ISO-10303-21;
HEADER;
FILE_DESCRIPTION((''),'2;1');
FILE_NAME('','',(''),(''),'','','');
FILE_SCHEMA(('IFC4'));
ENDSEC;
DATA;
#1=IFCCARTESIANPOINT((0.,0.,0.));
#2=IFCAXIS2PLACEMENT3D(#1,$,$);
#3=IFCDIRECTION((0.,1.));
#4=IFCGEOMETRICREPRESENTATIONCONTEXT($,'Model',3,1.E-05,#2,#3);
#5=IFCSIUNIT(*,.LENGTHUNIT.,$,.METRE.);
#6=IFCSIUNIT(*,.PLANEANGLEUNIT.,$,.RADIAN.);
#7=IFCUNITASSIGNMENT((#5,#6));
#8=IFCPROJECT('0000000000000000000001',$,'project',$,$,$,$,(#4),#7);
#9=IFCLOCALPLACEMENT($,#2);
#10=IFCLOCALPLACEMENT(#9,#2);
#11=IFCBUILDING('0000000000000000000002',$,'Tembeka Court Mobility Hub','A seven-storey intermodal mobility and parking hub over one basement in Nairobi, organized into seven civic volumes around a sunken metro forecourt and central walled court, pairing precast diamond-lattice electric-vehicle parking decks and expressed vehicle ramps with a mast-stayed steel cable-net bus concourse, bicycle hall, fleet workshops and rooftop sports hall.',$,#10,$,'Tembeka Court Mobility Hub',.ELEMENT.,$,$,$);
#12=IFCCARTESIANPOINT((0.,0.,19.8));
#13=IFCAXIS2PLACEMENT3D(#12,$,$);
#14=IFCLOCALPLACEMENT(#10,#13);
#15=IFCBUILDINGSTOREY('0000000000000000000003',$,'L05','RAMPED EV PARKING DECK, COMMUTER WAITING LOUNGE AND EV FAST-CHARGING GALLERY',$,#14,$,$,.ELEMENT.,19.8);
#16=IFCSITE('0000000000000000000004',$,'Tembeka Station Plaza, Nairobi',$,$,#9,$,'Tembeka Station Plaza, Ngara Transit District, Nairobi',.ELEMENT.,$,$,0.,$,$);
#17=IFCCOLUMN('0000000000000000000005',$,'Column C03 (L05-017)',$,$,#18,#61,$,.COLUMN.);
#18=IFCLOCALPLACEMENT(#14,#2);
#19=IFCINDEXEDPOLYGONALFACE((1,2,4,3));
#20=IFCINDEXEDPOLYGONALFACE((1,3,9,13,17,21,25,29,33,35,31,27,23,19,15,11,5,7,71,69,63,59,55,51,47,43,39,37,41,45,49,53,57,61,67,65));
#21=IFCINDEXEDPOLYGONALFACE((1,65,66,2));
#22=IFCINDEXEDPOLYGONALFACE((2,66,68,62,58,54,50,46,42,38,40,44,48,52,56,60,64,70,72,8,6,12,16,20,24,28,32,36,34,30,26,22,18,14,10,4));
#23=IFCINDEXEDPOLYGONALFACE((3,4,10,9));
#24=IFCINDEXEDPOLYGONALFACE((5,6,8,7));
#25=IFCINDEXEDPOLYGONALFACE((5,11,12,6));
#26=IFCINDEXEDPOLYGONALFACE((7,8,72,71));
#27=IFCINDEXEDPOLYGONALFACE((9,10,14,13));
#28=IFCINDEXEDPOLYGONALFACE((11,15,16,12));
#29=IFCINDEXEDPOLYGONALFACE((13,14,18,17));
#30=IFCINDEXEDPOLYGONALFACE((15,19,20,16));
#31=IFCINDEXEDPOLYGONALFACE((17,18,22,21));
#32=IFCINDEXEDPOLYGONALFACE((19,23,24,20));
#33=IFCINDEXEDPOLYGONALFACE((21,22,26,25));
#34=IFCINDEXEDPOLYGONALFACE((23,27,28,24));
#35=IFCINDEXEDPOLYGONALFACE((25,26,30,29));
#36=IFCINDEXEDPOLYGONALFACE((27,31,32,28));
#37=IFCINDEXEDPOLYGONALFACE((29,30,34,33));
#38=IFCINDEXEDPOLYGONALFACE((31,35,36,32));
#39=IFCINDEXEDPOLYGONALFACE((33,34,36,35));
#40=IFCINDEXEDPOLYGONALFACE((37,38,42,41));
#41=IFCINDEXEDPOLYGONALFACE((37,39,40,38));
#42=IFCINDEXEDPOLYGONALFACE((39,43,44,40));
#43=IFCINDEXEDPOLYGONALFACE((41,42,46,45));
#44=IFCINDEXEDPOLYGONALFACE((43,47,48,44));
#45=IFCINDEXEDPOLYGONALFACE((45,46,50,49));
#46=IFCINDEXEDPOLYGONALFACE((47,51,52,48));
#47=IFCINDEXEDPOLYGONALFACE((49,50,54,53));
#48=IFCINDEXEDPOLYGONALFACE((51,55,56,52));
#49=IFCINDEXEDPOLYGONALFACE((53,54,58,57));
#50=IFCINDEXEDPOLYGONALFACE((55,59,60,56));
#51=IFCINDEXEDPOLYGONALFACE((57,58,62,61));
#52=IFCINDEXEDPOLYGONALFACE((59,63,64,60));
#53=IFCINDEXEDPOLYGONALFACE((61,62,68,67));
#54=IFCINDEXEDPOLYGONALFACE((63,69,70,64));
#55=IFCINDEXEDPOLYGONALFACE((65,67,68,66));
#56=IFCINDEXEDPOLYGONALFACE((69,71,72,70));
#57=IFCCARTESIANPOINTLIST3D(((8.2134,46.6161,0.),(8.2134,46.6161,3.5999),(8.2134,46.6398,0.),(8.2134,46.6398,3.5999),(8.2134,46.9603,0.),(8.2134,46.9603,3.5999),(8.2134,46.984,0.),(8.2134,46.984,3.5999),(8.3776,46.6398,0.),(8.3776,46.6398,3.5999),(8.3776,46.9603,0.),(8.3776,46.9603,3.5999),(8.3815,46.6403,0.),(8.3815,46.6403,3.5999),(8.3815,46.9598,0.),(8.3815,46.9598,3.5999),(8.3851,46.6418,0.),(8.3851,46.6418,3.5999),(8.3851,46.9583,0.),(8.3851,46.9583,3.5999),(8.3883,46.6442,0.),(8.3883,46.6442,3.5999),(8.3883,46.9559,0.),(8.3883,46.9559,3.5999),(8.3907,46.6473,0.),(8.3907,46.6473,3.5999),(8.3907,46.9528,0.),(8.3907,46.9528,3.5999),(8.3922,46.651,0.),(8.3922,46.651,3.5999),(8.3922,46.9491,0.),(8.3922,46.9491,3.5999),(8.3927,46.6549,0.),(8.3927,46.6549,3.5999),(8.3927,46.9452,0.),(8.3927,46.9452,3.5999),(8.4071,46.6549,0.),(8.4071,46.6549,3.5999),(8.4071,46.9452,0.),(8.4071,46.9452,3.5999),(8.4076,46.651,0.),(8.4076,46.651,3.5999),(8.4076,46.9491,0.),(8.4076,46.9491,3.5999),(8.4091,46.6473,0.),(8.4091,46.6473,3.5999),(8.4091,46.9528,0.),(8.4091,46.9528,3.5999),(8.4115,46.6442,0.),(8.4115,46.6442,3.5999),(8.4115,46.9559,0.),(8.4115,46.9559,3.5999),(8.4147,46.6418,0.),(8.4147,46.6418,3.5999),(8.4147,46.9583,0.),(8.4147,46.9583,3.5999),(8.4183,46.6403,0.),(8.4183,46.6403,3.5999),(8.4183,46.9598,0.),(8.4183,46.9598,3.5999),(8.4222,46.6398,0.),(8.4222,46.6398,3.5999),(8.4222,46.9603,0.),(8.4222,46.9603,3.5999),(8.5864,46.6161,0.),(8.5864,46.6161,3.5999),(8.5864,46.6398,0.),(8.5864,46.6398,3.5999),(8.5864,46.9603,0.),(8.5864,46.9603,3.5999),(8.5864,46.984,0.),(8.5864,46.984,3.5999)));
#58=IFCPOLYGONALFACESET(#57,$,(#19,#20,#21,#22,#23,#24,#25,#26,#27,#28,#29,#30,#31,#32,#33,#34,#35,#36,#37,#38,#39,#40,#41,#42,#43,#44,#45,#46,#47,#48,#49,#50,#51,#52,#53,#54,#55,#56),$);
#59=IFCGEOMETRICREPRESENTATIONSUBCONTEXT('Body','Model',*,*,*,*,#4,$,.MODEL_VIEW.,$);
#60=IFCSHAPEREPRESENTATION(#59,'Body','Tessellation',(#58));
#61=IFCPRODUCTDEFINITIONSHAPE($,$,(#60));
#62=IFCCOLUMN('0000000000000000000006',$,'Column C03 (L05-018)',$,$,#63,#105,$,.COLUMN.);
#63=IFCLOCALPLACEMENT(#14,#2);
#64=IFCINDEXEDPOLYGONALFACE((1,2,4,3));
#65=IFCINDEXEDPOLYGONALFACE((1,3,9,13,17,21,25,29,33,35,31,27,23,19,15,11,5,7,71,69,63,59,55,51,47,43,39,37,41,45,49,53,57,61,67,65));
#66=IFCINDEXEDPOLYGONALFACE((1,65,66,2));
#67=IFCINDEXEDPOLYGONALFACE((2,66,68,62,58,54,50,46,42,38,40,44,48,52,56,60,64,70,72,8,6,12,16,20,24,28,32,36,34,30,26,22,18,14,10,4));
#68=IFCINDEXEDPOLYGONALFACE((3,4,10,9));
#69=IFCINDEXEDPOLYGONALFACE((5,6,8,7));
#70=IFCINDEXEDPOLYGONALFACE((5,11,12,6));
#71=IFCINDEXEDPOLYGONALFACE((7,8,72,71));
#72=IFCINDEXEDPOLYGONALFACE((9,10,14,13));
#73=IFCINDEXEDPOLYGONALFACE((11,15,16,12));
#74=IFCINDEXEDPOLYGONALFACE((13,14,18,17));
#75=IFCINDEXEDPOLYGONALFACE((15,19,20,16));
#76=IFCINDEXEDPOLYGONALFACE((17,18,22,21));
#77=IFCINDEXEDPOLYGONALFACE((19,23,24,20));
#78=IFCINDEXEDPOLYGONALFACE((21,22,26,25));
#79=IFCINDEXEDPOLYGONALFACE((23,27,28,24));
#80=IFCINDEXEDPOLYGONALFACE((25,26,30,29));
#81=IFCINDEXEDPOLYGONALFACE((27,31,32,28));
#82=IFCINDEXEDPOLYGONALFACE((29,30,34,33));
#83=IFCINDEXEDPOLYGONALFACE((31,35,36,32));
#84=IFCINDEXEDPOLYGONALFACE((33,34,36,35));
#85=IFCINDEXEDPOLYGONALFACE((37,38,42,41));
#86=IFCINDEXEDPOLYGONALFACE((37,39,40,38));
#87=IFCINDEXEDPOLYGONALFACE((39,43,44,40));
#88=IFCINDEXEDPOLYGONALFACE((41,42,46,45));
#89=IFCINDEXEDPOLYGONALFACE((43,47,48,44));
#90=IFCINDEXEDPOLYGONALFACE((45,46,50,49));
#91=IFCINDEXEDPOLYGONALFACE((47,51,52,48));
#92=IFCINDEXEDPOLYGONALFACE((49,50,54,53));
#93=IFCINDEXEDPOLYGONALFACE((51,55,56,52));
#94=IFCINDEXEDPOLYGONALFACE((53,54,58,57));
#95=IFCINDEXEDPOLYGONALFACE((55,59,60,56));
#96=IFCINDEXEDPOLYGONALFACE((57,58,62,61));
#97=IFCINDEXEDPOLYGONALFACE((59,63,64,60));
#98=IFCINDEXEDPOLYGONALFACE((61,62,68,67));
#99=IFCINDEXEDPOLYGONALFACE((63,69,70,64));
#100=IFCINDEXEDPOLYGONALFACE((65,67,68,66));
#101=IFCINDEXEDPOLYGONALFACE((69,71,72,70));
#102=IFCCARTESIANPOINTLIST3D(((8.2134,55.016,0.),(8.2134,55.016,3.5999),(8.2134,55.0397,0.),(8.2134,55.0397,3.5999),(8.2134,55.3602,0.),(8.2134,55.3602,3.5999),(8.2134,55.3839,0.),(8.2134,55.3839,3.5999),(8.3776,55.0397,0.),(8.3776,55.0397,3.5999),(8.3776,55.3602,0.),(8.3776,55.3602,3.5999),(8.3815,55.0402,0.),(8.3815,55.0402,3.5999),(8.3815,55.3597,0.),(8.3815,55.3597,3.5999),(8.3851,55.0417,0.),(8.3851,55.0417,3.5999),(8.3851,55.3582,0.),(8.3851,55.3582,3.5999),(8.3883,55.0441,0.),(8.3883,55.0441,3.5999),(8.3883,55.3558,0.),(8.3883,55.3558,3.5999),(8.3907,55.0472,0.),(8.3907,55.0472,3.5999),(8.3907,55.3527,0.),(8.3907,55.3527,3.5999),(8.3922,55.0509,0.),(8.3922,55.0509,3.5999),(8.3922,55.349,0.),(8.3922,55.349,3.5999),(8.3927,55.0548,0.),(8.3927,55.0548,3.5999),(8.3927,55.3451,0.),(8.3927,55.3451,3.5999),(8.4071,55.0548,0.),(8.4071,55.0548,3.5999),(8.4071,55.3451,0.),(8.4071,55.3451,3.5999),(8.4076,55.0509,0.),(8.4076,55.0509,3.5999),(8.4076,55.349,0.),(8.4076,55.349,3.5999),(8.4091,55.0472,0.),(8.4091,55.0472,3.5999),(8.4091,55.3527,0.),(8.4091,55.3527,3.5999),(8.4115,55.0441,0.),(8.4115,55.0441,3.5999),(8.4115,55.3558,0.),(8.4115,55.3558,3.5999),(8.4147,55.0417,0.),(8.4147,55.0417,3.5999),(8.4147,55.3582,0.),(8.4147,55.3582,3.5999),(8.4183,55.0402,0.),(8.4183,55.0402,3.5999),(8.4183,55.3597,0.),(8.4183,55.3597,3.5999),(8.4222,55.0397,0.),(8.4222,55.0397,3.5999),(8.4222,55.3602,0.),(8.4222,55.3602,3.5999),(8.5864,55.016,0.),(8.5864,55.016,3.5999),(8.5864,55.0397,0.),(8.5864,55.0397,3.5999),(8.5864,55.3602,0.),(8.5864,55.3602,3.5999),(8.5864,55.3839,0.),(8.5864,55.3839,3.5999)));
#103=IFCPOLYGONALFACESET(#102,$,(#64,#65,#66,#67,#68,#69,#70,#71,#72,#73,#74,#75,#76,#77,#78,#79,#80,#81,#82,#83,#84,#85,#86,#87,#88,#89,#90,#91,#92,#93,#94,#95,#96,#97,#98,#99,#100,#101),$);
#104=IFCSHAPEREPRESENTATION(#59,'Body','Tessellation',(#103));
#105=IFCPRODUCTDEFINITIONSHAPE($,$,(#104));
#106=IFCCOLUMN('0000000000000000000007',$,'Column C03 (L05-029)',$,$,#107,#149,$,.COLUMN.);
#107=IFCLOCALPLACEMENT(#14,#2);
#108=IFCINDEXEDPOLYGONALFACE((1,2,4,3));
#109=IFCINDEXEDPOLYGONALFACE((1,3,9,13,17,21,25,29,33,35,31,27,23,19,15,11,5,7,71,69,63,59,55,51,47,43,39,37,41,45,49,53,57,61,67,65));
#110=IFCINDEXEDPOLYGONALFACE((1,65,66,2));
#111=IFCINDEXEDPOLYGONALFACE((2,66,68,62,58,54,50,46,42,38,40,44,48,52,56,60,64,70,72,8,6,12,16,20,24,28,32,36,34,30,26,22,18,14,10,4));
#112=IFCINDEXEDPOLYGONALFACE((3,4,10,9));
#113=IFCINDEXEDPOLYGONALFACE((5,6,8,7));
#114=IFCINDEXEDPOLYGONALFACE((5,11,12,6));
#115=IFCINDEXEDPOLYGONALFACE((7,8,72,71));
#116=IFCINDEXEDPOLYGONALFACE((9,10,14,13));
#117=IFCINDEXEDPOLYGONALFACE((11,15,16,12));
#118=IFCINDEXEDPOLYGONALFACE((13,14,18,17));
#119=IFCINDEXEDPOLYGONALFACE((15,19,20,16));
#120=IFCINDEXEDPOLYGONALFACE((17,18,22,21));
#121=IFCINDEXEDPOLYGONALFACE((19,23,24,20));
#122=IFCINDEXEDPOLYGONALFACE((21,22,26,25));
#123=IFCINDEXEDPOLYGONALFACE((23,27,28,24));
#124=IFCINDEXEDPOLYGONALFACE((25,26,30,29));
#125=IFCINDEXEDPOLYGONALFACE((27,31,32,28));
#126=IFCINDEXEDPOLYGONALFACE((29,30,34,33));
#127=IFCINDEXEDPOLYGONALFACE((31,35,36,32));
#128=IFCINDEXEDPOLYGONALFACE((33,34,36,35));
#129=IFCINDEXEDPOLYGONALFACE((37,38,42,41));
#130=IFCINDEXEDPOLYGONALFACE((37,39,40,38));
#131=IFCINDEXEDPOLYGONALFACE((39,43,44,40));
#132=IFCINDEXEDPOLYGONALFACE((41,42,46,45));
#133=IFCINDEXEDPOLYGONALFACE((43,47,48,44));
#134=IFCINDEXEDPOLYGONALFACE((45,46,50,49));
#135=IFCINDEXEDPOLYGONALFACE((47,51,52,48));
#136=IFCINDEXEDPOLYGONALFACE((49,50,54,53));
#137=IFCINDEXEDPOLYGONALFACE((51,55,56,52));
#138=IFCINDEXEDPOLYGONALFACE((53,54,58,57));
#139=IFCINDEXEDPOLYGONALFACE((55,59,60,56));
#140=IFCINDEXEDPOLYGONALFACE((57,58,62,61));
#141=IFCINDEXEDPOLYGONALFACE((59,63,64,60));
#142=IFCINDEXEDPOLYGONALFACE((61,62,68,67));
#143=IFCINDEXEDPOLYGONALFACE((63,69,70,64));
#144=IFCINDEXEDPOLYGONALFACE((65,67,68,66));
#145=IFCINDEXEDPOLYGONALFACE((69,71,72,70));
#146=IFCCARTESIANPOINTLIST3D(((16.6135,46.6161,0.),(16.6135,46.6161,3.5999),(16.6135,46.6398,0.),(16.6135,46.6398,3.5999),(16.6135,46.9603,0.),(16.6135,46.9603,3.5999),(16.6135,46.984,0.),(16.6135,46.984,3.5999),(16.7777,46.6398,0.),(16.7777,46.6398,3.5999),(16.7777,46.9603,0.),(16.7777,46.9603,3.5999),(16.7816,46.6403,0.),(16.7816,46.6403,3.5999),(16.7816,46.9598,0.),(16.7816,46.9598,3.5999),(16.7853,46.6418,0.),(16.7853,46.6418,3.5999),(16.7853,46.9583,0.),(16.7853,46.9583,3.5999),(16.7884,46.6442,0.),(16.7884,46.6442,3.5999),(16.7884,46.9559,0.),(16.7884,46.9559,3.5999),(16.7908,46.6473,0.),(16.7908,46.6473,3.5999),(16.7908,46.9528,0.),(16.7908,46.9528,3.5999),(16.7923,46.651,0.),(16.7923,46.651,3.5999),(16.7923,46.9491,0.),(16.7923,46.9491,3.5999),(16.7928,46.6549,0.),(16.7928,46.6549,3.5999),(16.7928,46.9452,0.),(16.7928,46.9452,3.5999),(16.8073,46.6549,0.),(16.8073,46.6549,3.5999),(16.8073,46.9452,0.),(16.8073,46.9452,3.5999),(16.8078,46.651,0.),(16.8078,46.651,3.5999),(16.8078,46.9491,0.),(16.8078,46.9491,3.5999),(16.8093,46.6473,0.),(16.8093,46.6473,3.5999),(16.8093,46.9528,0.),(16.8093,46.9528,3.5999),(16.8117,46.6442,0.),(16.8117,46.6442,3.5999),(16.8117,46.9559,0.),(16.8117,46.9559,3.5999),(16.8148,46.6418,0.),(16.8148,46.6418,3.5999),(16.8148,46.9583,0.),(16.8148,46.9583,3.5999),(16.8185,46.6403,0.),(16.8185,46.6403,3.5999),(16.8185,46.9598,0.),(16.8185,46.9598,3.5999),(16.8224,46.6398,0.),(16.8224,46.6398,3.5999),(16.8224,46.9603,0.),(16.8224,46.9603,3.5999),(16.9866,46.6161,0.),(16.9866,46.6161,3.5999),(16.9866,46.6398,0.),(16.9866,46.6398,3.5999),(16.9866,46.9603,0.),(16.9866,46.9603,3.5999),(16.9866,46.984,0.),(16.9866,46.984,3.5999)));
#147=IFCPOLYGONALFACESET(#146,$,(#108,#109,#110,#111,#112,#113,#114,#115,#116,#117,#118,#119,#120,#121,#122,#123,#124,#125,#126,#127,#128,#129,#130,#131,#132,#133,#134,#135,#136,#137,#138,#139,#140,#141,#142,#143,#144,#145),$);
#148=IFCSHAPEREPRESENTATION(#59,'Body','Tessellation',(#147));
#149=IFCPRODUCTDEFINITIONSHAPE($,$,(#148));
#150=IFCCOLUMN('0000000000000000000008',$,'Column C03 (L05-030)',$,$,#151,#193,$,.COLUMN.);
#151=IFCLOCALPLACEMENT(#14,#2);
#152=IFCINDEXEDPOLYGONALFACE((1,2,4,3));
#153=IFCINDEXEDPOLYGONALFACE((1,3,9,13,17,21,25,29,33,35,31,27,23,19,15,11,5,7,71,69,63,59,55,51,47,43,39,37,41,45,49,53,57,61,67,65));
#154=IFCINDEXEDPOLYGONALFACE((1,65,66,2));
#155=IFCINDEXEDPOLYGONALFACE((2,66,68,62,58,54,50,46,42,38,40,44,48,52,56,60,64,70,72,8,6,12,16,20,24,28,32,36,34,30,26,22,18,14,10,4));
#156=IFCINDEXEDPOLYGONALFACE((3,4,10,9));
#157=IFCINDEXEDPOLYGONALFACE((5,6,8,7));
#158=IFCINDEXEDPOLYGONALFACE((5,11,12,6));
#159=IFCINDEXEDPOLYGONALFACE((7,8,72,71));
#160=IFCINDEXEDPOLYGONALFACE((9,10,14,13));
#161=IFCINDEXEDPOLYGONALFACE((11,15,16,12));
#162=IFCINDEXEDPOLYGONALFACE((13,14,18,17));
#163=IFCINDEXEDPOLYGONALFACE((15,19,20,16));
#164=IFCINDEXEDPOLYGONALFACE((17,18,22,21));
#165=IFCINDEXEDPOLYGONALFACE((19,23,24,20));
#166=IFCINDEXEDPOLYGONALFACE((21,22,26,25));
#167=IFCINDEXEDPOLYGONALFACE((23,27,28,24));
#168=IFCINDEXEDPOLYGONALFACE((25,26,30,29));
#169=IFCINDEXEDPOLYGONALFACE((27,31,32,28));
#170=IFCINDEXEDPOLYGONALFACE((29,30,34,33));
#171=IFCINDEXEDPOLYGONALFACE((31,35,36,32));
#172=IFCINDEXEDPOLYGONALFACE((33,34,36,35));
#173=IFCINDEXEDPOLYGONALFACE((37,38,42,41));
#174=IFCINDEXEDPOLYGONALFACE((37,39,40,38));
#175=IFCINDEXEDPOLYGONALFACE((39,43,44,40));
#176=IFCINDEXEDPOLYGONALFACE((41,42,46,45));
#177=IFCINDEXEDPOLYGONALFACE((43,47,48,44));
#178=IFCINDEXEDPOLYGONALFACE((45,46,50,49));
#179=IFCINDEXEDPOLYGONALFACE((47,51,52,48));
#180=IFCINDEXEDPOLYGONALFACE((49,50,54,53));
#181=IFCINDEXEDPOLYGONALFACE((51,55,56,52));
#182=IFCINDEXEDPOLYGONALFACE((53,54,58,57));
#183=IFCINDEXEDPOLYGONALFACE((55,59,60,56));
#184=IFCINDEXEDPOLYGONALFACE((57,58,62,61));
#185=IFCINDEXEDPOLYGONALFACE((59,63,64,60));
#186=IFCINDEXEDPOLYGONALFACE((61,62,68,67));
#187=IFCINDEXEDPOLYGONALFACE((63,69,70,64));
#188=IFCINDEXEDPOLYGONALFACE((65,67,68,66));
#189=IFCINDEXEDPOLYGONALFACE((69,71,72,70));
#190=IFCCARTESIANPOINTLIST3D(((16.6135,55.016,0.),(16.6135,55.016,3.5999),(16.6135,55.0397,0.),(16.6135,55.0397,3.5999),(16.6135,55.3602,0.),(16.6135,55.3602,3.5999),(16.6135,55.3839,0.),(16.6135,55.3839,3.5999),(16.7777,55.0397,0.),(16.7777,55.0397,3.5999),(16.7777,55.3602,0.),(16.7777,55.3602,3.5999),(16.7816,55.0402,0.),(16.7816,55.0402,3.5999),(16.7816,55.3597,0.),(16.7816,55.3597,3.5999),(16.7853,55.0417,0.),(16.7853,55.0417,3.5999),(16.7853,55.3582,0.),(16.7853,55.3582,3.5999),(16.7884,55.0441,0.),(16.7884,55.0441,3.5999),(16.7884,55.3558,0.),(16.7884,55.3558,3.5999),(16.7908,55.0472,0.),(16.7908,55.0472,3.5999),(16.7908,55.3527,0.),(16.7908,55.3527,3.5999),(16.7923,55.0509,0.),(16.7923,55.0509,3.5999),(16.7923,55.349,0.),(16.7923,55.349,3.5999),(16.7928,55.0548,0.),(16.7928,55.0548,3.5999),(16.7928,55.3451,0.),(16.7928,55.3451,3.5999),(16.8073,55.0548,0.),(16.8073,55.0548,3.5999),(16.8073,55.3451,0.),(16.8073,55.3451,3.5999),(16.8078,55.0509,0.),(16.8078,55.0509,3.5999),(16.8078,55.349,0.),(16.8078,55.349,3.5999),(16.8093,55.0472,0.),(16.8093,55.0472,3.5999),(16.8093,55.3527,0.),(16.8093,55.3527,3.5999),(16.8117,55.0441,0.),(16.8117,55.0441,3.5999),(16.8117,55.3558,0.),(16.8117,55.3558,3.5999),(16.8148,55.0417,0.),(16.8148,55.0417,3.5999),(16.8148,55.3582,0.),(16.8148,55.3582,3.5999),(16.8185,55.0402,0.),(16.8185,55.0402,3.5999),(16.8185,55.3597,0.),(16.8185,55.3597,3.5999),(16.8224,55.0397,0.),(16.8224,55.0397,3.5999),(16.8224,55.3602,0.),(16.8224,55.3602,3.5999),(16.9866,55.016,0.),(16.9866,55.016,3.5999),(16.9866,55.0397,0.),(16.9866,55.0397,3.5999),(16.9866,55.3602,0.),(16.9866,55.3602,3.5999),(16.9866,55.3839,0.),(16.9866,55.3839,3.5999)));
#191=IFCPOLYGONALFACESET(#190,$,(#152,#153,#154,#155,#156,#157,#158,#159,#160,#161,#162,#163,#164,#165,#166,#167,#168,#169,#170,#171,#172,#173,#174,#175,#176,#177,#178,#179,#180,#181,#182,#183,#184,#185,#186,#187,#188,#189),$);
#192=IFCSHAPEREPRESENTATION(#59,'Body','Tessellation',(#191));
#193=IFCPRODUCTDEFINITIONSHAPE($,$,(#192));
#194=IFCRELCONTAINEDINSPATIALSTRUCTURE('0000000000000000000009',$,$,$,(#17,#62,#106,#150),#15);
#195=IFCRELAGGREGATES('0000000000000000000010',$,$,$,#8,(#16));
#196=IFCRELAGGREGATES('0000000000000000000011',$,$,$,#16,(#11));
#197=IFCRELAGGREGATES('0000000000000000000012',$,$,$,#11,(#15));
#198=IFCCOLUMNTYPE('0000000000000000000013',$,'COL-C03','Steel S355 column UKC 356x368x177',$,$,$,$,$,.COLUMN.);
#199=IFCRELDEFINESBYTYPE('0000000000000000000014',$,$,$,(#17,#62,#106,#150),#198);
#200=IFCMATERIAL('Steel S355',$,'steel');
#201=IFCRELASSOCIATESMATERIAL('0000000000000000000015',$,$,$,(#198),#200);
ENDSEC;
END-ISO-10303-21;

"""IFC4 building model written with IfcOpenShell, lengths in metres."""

from ifc_helpers import new_model, si_unit, direction, frame, origin, origin_2d, place, context, subcontext, project, spatial, i_section, extrude, material, material_profile, profile_set, type_object, element, save


model = new_model("IFC4")

# Units and contexts
model_context = context("Model", 3, precision=1e-05, world=origin(), true_north=direction((0.0, 1.0)))
body_context = subcontext(model_context, "Body", "Model", "MODEL_VIEW")
ifc_project = project(units=[si_unit("LENGTHUNIT", "METRE"), si_unit("PLANEANGLEUNIT", "RADIAN")], contexts=[model_context])

# Site, building, storey
site_placement = place(None, origin())
site = spatial("IfcSite", under=ifc_project, at=site_placement, Name="Tembeka Station Plaza, Nairobi", LongName="Tembeka Station Plaza, Ngara Transit District, Nairobi", CompositionType="ELEMENT", RefElevation=0.0)
building_placement = place(site_placement, origin())
building = spatial("IfcBuilding", under=site, at=building_placement, Name="Tembeka Court Mobility Hub", Description="A seven-storey intermodal mobility and parking hub over one basement in Nairobi, organized into seven civic volumes around a sunken metro forecourt and central walled court, pairing precast diamond-lattice electric-vehicle parking decks and expressed vehicle ramps with a mast-stayed steel cable-net bus concourse, bicycle hall, fleet workshops and rooftop sports hall.", LongName="Tembeka Court Mobility Hub", CompositionType="ELEMENT")
storey_placement = place(building_placement, frame((0.0, 0.0, 19.8)))
storey = spatial("IfcBuildingStorey", under=building, at=storey_placement, Name="L05", Description="RAMPED EV PARKING DECK, COMMUTER WAITING LOUNGE AND EV FAST-CHARGING GALLERY", CompositionType="ELEMENT", Elevation=19.8)

# Columns
ifc_material_1 = material(Name="Steel S355", Category="steel")
ifc_material_profile_1 = material_profile(ifc_material_1, i_section(OverallWidth=0.373, OverallDepth=0.3679, WebThickness=0.0144, FlangeThickness=0.0237, FilletRadius=0.0151, at=origin_2d()), Name="UKC 356x368x177")
ifc_profile_set_1 = profile_set([ifc_material_profile_1], Name="Steel S355")
column_type = type_object("IfcColumnType", Name="COL-C03", Description="Steel S355 column UKC 356x368x177", PredefinedType="COLUMN", material=ifc_profile_set_1)
for number, where, z_axis, x_axis, name in (
    (1, (8.3999, 46.8, 0.0), (0.0, 0.0, 1.0), (1.0, 0.0, 0.0), "Column C03 (L05-017)"),
    (2, (8.3999, 55.2, 0.0), (0.0, 0.0, 1.0), (1.0, 0.0, 0.0), "Column C03 (L05-018)"),
    (3, (16.8, 46.8, 0.0), (0.0, 0.0, 1.0), (1.0, 0.0, 0.0), "Column C03 (L05-029)"),
    (4, (16.8, 55.2, 0.0), (0.0, 0.0, 1.0), (1.0, 0.0, 0.0), "Column C03 (L05-030)"),
):
    element("IfcColumn", number, at=place(storey_placement, frame(where, z_axis=z_axis, x_axis=x_axis)), inside=storey, type_object=column_type, Name=name, PredefinedType="COLUMN", context=body_context, shape_type="SweptSolid", body=[
        extrude(i_section(OverallWidth=0.373, OverallDepth=0.3679, WebThickness=0.0144, FlangeThickness=0.0237, FilletRadius=0.0151, at=origin_2d()), origin(), (0.0, 0.0, 1.0), 3.5999),
    ])

save(model, "model.ifc")
